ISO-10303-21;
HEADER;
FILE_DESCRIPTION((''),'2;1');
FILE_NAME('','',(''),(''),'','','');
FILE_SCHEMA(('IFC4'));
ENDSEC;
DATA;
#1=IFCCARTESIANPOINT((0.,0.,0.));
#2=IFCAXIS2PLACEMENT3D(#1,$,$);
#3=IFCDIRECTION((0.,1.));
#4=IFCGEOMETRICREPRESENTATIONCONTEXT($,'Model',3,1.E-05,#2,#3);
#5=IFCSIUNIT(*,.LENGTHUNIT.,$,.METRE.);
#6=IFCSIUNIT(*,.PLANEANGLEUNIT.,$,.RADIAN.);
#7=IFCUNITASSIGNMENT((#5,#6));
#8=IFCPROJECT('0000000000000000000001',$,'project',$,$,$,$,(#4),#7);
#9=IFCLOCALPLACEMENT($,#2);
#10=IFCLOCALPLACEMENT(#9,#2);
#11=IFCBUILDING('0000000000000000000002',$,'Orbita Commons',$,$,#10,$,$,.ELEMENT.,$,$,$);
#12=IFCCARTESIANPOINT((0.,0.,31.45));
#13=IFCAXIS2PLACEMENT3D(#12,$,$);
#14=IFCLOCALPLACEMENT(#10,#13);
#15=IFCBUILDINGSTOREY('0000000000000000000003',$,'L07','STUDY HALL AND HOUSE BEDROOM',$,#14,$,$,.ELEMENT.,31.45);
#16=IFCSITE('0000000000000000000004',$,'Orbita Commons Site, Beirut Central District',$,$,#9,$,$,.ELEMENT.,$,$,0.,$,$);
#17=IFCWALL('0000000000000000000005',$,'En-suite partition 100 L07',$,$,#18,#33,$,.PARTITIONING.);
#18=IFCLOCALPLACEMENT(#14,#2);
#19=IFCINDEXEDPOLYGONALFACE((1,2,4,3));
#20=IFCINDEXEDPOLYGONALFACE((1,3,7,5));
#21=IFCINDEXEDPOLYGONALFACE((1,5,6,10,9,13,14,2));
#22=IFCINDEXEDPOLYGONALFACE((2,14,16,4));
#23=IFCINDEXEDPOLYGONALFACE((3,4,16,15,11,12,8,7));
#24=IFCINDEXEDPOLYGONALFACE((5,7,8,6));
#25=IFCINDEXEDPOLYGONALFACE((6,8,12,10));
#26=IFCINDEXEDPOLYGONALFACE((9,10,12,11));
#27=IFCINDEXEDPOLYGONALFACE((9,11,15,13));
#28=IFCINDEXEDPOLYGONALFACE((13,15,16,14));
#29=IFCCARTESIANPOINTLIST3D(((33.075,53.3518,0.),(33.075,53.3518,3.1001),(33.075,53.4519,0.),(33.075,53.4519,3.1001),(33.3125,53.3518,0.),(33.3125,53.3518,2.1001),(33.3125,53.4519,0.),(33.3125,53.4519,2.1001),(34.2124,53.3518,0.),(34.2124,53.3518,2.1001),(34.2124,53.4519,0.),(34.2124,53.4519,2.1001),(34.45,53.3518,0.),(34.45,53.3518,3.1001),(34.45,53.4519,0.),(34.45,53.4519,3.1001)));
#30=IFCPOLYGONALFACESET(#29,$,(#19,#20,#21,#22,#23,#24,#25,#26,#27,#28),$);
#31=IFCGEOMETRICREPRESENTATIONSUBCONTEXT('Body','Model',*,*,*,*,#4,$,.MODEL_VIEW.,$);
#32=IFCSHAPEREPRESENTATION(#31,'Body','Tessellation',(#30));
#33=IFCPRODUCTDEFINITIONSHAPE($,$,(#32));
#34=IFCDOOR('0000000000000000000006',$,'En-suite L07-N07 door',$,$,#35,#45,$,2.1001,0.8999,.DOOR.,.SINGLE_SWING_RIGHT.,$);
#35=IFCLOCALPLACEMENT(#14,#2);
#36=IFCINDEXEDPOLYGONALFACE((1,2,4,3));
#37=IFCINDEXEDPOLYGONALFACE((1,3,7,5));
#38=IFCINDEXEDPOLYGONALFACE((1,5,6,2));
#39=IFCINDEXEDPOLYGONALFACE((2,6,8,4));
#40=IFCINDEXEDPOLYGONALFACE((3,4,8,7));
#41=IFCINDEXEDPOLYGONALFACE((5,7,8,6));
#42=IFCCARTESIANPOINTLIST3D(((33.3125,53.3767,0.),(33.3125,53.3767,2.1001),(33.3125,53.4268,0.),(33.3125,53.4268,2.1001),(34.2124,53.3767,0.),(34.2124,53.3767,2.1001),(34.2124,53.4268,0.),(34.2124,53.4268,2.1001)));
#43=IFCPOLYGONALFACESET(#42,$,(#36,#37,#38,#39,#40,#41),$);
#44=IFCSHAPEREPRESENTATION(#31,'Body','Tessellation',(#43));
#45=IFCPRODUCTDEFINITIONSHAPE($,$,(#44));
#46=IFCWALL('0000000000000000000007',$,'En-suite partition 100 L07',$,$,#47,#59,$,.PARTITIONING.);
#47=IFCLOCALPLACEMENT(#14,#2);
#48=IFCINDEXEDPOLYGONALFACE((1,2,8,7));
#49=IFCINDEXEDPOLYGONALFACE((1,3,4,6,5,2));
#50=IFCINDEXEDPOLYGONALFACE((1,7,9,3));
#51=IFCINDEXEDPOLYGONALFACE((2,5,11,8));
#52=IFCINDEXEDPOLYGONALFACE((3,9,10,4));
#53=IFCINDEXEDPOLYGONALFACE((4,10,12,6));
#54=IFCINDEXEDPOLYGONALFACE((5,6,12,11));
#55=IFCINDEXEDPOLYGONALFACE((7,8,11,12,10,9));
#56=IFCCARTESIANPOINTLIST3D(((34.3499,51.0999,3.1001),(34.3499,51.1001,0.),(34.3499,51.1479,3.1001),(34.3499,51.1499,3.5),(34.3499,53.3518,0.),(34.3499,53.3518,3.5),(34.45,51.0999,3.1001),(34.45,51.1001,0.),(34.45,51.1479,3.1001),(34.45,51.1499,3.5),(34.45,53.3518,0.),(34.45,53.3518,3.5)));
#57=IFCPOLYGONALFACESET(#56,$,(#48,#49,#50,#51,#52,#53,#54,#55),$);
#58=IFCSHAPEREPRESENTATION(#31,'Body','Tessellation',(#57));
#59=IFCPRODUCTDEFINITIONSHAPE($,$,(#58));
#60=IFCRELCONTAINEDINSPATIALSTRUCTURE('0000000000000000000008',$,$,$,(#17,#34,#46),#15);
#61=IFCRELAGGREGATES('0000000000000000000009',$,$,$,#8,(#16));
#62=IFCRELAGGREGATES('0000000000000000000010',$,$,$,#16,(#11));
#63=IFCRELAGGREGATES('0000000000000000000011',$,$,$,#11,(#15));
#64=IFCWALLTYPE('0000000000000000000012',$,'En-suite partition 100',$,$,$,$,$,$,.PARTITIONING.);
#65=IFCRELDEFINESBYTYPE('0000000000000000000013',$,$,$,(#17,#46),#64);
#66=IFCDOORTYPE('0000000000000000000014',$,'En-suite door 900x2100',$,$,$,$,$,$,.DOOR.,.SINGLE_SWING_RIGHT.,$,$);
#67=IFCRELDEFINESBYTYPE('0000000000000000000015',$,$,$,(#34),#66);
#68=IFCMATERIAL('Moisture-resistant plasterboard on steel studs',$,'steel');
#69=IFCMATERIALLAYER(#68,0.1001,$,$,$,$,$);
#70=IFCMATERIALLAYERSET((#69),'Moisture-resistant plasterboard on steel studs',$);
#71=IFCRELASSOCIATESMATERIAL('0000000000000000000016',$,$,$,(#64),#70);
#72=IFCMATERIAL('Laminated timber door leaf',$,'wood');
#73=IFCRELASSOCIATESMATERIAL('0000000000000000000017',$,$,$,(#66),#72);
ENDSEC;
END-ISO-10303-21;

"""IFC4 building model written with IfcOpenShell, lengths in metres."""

from ifc_helpers import new_model, si_unit, direction, frame, frame_2d, origin, place, context, subcontext, project, spatial, polyline, rectangle, outline, extrude, material, layer, layer_set, type_object, element, fill, save


model = new_model("IFC4")

# Units and contexts
model_context = context("Model", 3, precision=1e-05, world=origin(), true_north=direction((0.0, 1.0)))
body_context = subcontext(model_context, "Body", "Model", "MODEL_VIEW")
ifc_project = project(units=[si_unit("LENGTHUNIT", "METRE"), si_unit("PLANEANGLEUNIT", "RADIAN")], contexts=[model_context])

# Site, building, storey
site_placement = place(None, origin())
site = spatial("IfcSite", under=ifc_project, at=site_placement, Name="Orbita Commons Site, Beirut Central District", CompositionType="ELEMENT", RefElevation=0.0)
building_placement = place(site_placement, origin())
building = spatial("IfcBuilding", under=site, at=building_placement, Name="Orbita Commons", CompositionType="ELEMENT")
storey_placement = place(building_placement, frame((0.0, 0.0, 31.45)))
storey = spatial("IfcBuildingStorey", under=building, at=storey_placement, Name="L07", Description="STUDY HALL AND HOUSE BEDROOM", CompositionType="ELEMENT", Elevation=31.45)

# Shared definitions
ifc_material_1 = material(Name="Moisture-resistant plasterboard on steel studs", Category="steel")
ifc_layer_1 = layer(ifc_material_1, 0.1001)
ifc_layer_set_1 = layer_set([ifc_layer_1], Name="Moisture-resistant plasterboard on steel studs")
wall_type_1 = type_object("IfcWallType", Name="En-suite partition 100", PredefinedType="PARTITIONING", material=ifc_layer_set_1)
ifc_material_2 = material(Name="Laminated timber door leaf", Category="wood")
door_type_1 = type_object("IfcDoorType", Name="En-suite door 900x2100", OperationType="SINGLE_SWING_RIGHT", PredefinedType="DOOR", material=ifc_material_2)

# Wall, opening, door
wall_1_placement = place(storey_placement, frame((33.075, 53.4019, 0.0), z_axis=(0.0, 0.0, 1.0), x_axis=(1.0, 0.0, 0.0)))
wall_1 = element("IfcWall", 1, at=wall_1_placement, inside=storey, type_object=wall_type_1, Name="En-suite partition 100 L07", PredefinedType="PARTITIONING", context=body_context, shape_type="SweptSolid", body=[
    extrude(outline(polyline([(0.0, 0.0), (1.375, 0.0), (1.375, 3.1001), (0.0, 3.1001), (0.0, 0.0)])), frame((0.0, 0.05, 0.0), z_axis=(0.0, -1.0, 0.0), x_axis=(1.0, 0.0, 0.0)), (0.0, 0.0, 1.0), 0.1001),
])
opening_1_placement = place(wall_1_placement, frame((0.2375, 0.0, 0.0)))
opening_1 = element("IfcOpeningElement", 2, at=opening_1_placement, cuts=wall_1, PredefinedType="OPENING", context=body_context, shape_type="SweptSolid", body=[
    extrude(rectangle(XDim=0.8999, YDim=2.1001, at=frame_2d((0.45, 1.05))), frame((0.0, 0.0601, 0.0), z_axis=(0.0, -1.0, 0.0), x_axis=(1.0, 0.0, 0.0)), (0.0, 0.0, 1.0), 0.1201),
])
door_1_placement = place(opening_1_placement, origin())
door_1 = element("IfcDoor", 3, at=door_1_placement, inside=storey, type_object=door_type_1, Name="En-suite L07-N07 door", OperationType="SINGLE_SWING_RIGHT", OverallHeight=2.1001, OverallWidth=0.8999, PredefinedType="DOOR", context=body_context, shape_type="SweptSolid", body=[
    extrude(rectangle(XDim=0.8999, YDim=2.1001, at=frame_2d((0.45, 1.05))), frame((0.0, 0.0249, 0.0), z_axis=(0.0, -1.0, 0.0), x_axis=(1.0, 0.0, 0.0)), (0.0, 0.0, 1.0), 0.05),
])
fill(opening_1, door_1)

# Wall
wall_2_placement = place(storey_placement, frame((34.3999, 53.3518, 0.0), z_axis=(0.0, 0.0, 1.0), x_axis=(0.0, -1.0, 0.0)))
element("IfcWall", 4, at=wall_2_placement, inside=storey, type_object=wall_type_1, Name="En-suite partition 100 L07", PredefinedType="PARTITIONING", context=body_context, shape_type="SweptSolid", body=[
    extrude(outline(polyline([(0.0, 0.0), (2.2517, 0.0), (2.252, 3.1001), (2.2039, 3.1001), (2.2019, 3.5), (0.0, 3.5), (0.0, 0.0)])), frame((0.0, 0.05, 0.0), z_axis=(0.0, -1.0, 0.0), x_axis=(1.0, 0.0, 0.0)), (0.0, 0.0, 1.0), 0.1001),
])

save(model, "model.ifc")
